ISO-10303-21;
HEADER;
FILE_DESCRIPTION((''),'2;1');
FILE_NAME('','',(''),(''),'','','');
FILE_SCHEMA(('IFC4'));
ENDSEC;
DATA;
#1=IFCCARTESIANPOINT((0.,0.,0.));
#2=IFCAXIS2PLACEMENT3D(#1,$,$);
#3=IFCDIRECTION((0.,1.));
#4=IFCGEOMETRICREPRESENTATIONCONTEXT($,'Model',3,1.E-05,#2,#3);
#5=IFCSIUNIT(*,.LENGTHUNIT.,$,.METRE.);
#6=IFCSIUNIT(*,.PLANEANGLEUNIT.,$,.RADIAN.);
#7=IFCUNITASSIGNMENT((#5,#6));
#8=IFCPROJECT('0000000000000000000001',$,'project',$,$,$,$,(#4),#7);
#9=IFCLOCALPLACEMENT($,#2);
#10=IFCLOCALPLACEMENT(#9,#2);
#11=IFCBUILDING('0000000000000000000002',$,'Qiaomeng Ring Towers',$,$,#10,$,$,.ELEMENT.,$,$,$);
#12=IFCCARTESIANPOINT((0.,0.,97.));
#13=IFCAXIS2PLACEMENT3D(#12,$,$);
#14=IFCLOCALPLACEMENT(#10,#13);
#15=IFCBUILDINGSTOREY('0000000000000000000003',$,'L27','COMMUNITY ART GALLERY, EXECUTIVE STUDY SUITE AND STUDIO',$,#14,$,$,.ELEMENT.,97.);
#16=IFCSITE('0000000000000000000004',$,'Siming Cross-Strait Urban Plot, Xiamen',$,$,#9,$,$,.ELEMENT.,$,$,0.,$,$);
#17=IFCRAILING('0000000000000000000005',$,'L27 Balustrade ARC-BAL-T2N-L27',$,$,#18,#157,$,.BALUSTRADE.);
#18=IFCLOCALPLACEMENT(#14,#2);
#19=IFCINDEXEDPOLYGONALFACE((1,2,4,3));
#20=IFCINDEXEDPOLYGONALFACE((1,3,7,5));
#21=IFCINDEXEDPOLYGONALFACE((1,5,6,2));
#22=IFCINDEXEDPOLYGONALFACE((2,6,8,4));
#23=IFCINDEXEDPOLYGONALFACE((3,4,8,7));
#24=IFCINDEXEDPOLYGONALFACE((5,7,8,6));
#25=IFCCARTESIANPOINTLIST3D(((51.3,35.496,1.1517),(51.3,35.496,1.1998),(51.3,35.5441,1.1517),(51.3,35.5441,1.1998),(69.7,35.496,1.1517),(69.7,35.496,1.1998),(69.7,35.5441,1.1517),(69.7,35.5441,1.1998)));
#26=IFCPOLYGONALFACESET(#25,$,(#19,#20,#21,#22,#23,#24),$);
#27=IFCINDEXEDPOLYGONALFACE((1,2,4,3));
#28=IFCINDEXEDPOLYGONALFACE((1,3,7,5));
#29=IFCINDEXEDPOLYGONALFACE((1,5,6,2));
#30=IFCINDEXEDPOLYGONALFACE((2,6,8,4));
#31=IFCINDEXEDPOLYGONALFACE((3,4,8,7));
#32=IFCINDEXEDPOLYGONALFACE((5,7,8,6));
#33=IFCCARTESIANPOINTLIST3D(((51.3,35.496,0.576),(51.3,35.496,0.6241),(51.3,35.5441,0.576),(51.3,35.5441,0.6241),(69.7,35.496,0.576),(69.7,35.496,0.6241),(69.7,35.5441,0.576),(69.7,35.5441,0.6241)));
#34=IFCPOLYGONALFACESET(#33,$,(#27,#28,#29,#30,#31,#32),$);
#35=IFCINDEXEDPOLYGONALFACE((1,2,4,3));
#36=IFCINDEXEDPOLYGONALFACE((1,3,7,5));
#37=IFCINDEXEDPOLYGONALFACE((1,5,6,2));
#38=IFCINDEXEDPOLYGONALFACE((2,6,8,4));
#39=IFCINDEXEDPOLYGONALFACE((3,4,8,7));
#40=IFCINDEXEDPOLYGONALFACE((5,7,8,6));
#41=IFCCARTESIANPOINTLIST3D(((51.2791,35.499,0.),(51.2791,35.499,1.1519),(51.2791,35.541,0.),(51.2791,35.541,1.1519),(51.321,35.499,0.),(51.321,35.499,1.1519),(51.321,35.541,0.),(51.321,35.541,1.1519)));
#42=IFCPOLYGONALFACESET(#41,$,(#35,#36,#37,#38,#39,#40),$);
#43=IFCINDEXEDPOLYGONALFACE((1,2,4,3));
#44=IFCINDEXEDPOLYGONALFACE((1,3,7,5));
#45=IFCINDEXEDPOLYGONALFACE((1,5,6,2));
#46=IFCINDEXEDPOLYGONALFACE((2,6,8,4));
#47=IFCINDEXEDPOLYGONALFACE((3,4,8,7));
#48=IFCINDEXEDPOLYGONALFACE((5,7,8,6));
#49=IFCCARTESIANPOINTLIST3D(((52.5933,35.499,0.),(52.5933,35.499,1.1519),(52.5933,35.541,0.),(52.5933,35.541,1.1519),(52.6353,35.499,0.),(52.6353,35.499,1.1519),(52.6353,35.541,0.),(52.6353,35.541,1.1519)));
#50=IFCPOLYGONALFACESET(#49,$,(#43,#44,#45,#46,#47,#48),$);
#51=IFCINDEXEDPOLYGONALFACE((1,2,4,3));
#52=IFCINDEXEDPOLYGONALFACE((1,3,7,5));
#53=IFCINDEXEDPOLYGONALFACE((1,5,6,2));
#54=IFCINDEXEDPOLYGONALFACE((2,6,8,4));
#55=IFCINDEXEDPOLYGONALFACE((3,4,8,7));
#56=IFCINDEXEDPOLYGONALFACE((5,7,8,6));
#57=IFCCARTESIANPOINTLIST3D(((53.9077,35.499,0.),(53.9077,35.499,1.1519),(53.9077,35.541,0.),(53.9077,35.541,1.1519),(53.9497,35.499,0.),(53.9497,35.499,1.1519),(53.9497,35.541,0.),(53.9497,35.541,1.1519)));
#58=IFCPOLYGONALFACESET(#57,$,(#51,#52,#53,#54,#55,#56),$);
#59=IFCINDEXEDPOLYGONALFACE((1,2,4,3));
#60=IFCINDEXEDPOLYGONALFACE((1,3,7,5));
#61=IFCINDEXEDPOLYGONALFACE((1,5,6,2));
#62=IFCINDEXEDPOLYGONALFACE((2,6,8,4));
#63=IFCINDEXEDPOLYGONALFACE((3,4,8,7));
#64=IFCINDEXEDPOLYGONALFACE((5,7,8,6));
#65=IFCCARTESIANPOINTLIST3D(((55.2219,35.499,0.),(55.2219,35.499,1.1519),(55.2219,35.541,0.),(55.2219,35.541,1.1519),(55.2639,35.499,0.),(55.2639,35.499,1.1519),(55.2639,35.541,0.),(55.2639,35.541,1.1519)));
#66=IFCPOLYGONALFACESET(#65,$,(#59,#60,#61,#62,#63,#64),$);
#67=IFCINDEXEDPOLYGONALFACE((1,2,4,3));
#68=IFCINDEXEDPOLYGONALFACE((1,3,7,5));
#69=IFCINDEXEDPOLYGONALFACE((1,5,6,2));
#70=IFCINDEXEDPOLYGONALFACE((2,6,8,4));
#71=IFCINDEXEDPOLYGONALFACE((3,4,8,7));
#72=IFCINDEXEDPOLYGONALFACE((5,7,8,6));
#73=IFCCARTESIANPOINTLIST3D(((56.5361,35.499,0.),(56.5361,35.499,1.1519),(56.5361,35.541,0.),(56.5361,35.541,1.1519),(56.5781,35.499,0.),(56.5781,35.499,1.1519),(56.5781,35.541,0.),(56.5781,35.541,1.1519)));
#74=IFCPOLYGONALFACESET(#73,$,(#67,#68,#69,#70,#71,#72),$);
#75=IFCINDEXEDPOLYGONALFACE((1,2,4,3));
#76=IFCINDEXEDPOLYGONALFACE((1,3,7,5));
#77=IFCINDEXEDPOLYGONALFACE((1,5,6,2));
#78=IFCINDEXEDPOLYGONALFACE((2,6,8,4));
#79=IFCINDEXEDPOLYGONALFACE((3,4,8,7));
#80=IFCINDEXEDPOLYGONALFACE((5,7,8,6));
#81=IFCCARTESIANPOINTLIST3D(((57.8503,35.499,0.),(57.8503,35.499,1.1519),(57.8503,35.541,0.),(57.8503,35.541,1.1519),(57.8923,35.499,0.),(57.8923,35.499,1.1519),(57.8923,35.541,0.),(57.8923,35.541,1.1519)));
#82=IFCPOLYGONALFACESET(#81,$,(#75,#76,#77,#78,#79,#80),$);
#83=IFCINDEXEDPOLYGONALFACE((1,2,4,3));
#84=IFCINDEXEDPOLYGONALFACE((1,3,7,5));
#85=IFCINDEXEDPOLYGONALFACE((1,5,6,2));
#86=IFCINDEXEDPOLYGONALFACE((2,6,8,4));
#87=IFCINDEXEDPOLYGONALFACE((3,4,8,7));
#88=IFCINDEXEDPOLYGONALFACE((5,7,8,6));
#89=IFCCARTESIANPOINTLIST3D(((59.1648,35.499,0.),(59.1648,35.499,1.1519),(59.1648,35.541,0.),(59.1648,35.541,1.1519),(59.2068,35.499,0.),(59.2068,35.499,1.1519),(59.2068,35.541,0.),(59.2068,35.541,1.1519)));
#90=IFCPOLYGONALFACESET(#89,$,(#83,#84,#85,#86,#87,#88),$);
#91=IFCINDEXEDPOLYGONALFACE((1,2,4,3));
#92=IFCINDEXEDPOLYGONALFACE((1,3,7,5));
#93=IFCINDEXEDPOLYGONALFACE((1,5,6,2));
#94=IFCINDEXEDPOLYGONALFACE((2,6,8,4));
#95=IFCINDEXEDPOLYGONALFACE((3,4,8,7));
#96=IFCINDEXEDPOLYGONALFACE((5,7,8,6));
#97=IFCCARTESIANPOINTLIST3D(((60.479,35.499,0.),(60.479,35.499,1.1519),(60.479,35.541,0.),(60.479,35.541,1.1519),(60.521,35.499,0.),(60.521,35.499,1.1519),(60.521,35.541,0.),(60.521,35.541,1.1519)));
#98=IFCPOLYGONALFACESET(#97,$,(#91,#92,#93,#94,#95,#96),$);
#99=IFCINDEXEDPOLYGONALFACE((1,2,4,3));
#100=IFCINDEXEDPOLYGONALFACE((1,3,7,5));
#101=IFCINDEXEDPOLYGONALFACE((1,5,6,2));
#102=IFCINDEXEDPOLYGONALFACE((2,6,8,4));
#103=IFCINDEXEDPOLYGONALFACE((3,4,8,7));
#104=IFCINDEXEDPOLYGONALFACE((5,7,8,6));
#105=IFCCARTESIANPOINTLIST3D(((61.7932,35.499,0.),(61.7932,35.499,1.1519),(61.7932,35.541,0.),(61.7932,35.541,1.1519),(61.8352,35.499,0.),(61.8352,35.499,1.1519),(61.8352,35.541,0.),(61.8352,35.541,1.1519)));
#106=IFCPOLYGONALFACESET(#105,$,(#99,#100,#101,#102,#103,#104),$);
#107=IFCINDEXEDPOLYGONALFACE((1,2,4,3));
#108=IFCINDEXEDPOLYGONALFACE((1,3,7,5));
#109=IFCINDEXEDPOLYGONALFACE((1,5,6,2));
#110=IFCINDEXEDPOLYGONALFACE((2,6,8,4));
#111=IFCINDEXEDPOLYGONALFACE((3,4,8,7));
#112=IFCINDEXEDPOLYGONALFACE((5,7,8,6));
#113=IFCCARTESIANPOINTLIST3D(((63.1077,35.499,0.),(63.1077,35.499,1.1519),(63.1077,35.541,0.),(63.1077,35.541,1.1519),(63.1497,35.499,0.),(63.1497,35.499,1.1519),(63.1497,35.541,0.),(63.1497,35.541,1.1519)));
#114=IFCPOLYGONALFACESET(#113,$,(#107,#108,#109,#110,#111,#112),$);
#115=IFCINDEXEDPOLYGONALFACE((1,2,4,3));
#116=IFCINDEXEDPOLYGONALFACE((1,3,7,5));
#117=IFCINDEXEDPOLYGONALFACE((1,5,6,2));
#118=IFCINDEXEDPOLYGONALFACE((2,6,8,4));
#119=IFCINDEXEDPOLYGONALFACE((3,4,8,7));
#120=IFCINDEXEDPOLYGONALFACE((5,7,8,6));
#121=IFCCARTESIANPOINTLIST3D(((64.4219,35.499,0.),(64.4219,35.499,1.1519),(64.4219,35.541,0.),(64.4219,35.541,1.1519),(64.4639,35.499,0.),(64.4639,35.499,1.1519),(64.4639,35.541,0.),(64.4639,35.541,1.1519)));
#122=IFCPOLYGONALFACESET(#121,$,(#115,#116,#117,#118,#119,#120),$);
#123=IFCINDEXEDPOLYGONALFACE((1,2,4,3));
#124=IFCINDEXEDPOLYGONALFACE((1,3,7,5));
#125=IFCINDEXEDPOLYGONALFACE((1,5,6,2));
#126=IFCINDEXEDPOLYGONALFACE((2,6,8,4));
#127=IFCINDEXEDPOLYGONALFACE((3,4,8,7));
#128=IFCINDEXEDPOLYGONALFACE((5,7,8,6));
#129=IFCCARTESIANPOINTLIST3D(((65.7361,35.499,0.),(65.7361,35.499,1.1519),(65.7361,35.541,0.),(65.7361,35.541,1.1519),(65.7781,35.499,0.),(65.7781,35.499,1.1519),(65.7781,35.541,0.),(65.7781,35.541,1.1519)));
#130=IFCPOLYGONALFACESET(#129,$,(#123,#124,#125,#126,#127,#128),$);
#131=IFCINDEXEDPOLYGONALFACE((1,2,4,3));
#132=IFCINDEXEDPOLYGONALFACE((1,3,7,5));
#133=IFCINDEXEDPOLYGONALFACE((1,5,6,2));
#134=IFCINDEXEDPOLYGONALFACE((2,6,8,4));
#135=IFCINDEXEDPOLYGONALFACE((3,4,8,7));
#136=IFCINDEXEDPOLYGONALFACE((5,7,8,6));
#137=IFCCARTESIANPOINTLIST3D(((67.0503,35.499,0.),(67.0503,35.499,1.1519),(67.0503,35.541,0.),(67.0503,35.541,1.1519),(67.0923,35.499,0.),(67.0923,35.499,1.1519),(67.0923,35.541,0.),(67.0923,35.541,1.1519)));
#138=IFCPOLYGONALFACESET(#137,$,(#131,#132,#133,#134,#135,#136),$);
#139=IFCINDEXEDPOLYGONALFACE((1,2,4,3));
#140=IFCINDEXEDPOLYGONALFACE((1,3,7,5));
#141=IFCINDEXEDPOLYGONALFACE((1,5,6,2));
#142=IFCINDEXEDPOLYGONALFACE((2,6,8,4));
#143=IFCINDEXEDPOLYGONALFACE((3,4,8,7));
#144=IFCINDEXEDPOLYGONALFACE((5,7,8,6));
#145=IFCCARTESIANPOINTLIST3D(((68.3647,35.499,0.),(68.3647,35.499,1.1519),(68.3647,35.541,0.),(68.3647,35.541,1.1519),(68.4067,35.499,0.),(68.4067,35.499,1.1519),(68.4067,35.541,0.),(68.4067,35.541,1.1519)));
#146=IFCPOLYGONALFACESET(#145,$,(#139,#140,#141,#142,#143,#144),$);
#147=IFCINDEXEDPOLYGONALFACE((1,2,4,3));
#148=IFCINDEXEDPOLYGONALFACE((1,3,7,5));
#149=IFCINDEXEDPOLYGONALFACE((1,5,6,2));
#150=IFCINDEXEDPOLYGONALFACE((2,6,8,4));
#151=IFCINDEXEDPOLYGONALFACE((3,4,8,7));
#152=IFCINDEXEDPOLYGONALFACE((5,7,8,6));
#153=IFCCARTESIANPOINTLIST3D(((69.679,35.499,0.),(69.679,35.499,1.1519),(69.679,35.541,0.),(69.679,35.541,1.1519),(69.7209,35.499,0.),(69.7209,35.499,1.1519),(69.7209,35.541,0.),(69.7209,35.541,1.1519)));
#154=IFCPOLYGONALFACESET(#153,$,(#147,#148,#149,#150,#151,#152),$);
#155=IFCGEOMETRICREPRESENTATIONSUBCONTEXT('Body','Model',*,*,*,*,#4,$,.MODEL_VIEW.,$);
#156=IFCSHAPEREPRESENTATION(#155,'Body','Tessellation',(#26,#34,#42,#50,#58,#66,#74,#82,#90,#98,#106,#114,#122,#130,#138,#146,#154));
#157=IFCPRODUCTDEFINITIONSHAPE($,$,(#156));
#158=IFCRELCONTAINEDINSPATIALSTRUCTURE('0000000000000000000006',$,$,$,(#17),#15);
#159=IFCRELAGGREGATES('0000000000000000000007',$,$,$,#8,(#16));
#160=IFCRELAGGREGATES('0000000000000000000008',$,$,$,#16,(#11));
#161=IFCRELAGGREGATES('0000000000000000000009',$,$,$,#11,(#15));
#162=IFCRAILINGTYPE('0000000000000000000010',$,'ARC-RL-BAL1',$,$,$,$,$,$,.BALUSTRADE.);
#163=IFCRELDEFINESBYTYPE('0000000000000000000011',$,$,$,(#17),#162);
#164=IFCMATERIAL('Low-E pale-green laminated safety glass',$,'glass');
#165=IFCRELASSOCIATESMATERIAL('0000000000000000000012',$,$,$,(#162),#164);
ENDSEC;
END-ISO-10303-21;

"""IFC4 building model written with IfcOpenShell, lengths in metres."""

from ifc_helpers import new_model, si_unit, direction, frame, origin, origin_2d, place, context, subcontext, project, spatial, rectangle, extrude, material, type_object, element, save


model = new_model("IFC4")

# Units and contexts
model_context = context("Model", 3, precision=1e-05, world=origin(), true_north=direction((0.0, 1.0)))
body_context = subcontext(model_context, "Body", "Model", "MODEL_VIEW")
ifc_project = project(units=[si_unit("LENGTHUNIT", "METRE"), si_unit("PLANEANGLEUNIT", "RADIAN")], contexts=[model_context])

# Site, building, storey
site_placement = place(None, origin())
site = spatial("IfcSite", under=ifc_project, at=site_placement, Name="Siming Cross-Strait Urban Plot, Xiamen", CompositionType="ELEMENT", RefElevation=0.0)
building_placement = place(site_placement, origin())
building = spatial("IfcBuilding", under=site, at=building_placement, Name="Qiaomeng Ring Towers", CompositionType="ELEMENT")
storey_placement = place(building_placement, frame((0.0, 0.0, 97.0)))
storey = spatial("IfcBuildingStorey", under=building, at=storey_placement, Name="L27", Description="COMMUNITY ART GALLERY, EXECUTIVE STUDY SUITE AND STUDIO", CompositionType="ELEMENT", Elevation=97.0)

# Railing
ifc_material_1 = material(Name="Low-E pale-green laminated safety glass", Category="glass")
railing_type = type_object("IfcRailingType", Name="ARC-RL-BAL1", PredefinedType="BALUSTRADE", material=ifc_material_1)
railing_1_placement = place(storey_placement, frame((51.3, 35.52, 0.0)))
element("IfcRailing", 1, at=railing_1_placement, inside=storey, type_object=railing_type, Name="L27 Balustrade ARC-BAL-T2N-L27", PredefinedType="BALUSTRADE", context=body_context, shape_type="SweptSolid", body=[
    extrude(rectangle(XDim=0.0481, YDim=0.0481, at=origin_2d()), frame((0.0, 0.0, 1.1758), z_axis=(1.0, 0.0, 0.0), x_axis=(0.0, 1.0, 0.0)), (0.0, 0.0, 1.0), 18.3999),
    extrude(rectangle(XDim=0.0481, YDim=0.0481, at=origin_2d()), frame((0.0, 0.0, 0.6001), z_axis=(1.0, 0.0, 0.0), x_axis=(0.0, 1.0, 0.0)), (0.0, 0.0, 1.0), 18.3999),
    extrude(rectangle(XDim=0.042, YDim=0.042, at=origin_2d()), origin(), (0.0, 0.0, 1.0), 1.1519),
    extrude(rectangle(XDim=0.042, YDim=0.042, at=origin_2d()), frame((1.3142, 0.0, 0.0)), (0.0, 0.0, 1.0), 1.1519),
    extrude(rectangle(XDim=0.042, YDim=0.042, at=origin_2d()), frame((2.6287, 0.0, 0.0)), (0.0, 0.0, 1.0), 1.1519),
    extrude(rectangle(XDim=0.042, YDim=0.042, at=origin_2d()), frame((3.9429, 0.0, 0.0)), (0.0, 0.0, 1.0), 1.1519),
    extrude(rectangle(XDim=0.042, YDim=0.042, at=origin_2d()), frame((5.2571, 0.0, 0.0)), (0.0, 0.0, 1.0), 1.1519),
    extrude(rectangle(XDim=0.042, YDim=0.042, at=origin_2d()), frame((6.5713, 0.0, 0.0)), (0.0, 0.0, 1.0), 1.1519),
    extrude(rectangle(XDim=0.042, YDim=0.042, at=origin_2d()), frame((7.8857, 0.0, 0.0)), (0.0, 0.0, 1.0), 1.1519),
    extrude(rectangle(XDim=0.042, YDim=0.042, at=origin_2d()), frame((9.2, 0.0, 0.0)), (0.0, 0.0, 1.0), 1.1519),
    extrude(rectangle(XDim=0.042, YDim=0.042, at=origin_2d()), frame((10.5142, 0.0, 0.0)), (0.0, 0.0, 1.0), 1.1519),
    extrude(rectangle(XDim=0.042, YDim=0.042, at=origin_2d()), frame((11.8286, 0.0, 0.0)), (0.0, 0.0, 1.0), 1.1519),
    extrude(rectangle(XDim=0.042, YDim=0.042, at=origin_2d()), frame((13.1428, 0.0, 0.0)), (0.0, 0.0, 1.0), 1.1519),
    extrude(rectangle(XDim=0.042, YDim=0.042, at=origin_2d()), frame((14.457, 0.0, 0.0)), (0.0, 0.0, 1.0), 1.1519),
    extrude(rectangle(XDim=0.042, YDim=0.042, at=origin_2d()), frame((15.7712, 0.0, 0.0)), (0.0, 0.0, 1.0), 1.1519),
    extrude(rectangle(XDim=0.042, YDim=0.042, at=origin_2d()), frame((17.0857, 0.0, 0.0)), (0.0, 0.0, 1.0), 1.1519),
    extrude(rectangle(XDim=0.042, YDim=0.042, at=origin_2d()), frame((18.3999, 0.0, 0.0)), (0.0, 0.0, 1.0), 1.1519),
])

save(model, "model.ifc")
